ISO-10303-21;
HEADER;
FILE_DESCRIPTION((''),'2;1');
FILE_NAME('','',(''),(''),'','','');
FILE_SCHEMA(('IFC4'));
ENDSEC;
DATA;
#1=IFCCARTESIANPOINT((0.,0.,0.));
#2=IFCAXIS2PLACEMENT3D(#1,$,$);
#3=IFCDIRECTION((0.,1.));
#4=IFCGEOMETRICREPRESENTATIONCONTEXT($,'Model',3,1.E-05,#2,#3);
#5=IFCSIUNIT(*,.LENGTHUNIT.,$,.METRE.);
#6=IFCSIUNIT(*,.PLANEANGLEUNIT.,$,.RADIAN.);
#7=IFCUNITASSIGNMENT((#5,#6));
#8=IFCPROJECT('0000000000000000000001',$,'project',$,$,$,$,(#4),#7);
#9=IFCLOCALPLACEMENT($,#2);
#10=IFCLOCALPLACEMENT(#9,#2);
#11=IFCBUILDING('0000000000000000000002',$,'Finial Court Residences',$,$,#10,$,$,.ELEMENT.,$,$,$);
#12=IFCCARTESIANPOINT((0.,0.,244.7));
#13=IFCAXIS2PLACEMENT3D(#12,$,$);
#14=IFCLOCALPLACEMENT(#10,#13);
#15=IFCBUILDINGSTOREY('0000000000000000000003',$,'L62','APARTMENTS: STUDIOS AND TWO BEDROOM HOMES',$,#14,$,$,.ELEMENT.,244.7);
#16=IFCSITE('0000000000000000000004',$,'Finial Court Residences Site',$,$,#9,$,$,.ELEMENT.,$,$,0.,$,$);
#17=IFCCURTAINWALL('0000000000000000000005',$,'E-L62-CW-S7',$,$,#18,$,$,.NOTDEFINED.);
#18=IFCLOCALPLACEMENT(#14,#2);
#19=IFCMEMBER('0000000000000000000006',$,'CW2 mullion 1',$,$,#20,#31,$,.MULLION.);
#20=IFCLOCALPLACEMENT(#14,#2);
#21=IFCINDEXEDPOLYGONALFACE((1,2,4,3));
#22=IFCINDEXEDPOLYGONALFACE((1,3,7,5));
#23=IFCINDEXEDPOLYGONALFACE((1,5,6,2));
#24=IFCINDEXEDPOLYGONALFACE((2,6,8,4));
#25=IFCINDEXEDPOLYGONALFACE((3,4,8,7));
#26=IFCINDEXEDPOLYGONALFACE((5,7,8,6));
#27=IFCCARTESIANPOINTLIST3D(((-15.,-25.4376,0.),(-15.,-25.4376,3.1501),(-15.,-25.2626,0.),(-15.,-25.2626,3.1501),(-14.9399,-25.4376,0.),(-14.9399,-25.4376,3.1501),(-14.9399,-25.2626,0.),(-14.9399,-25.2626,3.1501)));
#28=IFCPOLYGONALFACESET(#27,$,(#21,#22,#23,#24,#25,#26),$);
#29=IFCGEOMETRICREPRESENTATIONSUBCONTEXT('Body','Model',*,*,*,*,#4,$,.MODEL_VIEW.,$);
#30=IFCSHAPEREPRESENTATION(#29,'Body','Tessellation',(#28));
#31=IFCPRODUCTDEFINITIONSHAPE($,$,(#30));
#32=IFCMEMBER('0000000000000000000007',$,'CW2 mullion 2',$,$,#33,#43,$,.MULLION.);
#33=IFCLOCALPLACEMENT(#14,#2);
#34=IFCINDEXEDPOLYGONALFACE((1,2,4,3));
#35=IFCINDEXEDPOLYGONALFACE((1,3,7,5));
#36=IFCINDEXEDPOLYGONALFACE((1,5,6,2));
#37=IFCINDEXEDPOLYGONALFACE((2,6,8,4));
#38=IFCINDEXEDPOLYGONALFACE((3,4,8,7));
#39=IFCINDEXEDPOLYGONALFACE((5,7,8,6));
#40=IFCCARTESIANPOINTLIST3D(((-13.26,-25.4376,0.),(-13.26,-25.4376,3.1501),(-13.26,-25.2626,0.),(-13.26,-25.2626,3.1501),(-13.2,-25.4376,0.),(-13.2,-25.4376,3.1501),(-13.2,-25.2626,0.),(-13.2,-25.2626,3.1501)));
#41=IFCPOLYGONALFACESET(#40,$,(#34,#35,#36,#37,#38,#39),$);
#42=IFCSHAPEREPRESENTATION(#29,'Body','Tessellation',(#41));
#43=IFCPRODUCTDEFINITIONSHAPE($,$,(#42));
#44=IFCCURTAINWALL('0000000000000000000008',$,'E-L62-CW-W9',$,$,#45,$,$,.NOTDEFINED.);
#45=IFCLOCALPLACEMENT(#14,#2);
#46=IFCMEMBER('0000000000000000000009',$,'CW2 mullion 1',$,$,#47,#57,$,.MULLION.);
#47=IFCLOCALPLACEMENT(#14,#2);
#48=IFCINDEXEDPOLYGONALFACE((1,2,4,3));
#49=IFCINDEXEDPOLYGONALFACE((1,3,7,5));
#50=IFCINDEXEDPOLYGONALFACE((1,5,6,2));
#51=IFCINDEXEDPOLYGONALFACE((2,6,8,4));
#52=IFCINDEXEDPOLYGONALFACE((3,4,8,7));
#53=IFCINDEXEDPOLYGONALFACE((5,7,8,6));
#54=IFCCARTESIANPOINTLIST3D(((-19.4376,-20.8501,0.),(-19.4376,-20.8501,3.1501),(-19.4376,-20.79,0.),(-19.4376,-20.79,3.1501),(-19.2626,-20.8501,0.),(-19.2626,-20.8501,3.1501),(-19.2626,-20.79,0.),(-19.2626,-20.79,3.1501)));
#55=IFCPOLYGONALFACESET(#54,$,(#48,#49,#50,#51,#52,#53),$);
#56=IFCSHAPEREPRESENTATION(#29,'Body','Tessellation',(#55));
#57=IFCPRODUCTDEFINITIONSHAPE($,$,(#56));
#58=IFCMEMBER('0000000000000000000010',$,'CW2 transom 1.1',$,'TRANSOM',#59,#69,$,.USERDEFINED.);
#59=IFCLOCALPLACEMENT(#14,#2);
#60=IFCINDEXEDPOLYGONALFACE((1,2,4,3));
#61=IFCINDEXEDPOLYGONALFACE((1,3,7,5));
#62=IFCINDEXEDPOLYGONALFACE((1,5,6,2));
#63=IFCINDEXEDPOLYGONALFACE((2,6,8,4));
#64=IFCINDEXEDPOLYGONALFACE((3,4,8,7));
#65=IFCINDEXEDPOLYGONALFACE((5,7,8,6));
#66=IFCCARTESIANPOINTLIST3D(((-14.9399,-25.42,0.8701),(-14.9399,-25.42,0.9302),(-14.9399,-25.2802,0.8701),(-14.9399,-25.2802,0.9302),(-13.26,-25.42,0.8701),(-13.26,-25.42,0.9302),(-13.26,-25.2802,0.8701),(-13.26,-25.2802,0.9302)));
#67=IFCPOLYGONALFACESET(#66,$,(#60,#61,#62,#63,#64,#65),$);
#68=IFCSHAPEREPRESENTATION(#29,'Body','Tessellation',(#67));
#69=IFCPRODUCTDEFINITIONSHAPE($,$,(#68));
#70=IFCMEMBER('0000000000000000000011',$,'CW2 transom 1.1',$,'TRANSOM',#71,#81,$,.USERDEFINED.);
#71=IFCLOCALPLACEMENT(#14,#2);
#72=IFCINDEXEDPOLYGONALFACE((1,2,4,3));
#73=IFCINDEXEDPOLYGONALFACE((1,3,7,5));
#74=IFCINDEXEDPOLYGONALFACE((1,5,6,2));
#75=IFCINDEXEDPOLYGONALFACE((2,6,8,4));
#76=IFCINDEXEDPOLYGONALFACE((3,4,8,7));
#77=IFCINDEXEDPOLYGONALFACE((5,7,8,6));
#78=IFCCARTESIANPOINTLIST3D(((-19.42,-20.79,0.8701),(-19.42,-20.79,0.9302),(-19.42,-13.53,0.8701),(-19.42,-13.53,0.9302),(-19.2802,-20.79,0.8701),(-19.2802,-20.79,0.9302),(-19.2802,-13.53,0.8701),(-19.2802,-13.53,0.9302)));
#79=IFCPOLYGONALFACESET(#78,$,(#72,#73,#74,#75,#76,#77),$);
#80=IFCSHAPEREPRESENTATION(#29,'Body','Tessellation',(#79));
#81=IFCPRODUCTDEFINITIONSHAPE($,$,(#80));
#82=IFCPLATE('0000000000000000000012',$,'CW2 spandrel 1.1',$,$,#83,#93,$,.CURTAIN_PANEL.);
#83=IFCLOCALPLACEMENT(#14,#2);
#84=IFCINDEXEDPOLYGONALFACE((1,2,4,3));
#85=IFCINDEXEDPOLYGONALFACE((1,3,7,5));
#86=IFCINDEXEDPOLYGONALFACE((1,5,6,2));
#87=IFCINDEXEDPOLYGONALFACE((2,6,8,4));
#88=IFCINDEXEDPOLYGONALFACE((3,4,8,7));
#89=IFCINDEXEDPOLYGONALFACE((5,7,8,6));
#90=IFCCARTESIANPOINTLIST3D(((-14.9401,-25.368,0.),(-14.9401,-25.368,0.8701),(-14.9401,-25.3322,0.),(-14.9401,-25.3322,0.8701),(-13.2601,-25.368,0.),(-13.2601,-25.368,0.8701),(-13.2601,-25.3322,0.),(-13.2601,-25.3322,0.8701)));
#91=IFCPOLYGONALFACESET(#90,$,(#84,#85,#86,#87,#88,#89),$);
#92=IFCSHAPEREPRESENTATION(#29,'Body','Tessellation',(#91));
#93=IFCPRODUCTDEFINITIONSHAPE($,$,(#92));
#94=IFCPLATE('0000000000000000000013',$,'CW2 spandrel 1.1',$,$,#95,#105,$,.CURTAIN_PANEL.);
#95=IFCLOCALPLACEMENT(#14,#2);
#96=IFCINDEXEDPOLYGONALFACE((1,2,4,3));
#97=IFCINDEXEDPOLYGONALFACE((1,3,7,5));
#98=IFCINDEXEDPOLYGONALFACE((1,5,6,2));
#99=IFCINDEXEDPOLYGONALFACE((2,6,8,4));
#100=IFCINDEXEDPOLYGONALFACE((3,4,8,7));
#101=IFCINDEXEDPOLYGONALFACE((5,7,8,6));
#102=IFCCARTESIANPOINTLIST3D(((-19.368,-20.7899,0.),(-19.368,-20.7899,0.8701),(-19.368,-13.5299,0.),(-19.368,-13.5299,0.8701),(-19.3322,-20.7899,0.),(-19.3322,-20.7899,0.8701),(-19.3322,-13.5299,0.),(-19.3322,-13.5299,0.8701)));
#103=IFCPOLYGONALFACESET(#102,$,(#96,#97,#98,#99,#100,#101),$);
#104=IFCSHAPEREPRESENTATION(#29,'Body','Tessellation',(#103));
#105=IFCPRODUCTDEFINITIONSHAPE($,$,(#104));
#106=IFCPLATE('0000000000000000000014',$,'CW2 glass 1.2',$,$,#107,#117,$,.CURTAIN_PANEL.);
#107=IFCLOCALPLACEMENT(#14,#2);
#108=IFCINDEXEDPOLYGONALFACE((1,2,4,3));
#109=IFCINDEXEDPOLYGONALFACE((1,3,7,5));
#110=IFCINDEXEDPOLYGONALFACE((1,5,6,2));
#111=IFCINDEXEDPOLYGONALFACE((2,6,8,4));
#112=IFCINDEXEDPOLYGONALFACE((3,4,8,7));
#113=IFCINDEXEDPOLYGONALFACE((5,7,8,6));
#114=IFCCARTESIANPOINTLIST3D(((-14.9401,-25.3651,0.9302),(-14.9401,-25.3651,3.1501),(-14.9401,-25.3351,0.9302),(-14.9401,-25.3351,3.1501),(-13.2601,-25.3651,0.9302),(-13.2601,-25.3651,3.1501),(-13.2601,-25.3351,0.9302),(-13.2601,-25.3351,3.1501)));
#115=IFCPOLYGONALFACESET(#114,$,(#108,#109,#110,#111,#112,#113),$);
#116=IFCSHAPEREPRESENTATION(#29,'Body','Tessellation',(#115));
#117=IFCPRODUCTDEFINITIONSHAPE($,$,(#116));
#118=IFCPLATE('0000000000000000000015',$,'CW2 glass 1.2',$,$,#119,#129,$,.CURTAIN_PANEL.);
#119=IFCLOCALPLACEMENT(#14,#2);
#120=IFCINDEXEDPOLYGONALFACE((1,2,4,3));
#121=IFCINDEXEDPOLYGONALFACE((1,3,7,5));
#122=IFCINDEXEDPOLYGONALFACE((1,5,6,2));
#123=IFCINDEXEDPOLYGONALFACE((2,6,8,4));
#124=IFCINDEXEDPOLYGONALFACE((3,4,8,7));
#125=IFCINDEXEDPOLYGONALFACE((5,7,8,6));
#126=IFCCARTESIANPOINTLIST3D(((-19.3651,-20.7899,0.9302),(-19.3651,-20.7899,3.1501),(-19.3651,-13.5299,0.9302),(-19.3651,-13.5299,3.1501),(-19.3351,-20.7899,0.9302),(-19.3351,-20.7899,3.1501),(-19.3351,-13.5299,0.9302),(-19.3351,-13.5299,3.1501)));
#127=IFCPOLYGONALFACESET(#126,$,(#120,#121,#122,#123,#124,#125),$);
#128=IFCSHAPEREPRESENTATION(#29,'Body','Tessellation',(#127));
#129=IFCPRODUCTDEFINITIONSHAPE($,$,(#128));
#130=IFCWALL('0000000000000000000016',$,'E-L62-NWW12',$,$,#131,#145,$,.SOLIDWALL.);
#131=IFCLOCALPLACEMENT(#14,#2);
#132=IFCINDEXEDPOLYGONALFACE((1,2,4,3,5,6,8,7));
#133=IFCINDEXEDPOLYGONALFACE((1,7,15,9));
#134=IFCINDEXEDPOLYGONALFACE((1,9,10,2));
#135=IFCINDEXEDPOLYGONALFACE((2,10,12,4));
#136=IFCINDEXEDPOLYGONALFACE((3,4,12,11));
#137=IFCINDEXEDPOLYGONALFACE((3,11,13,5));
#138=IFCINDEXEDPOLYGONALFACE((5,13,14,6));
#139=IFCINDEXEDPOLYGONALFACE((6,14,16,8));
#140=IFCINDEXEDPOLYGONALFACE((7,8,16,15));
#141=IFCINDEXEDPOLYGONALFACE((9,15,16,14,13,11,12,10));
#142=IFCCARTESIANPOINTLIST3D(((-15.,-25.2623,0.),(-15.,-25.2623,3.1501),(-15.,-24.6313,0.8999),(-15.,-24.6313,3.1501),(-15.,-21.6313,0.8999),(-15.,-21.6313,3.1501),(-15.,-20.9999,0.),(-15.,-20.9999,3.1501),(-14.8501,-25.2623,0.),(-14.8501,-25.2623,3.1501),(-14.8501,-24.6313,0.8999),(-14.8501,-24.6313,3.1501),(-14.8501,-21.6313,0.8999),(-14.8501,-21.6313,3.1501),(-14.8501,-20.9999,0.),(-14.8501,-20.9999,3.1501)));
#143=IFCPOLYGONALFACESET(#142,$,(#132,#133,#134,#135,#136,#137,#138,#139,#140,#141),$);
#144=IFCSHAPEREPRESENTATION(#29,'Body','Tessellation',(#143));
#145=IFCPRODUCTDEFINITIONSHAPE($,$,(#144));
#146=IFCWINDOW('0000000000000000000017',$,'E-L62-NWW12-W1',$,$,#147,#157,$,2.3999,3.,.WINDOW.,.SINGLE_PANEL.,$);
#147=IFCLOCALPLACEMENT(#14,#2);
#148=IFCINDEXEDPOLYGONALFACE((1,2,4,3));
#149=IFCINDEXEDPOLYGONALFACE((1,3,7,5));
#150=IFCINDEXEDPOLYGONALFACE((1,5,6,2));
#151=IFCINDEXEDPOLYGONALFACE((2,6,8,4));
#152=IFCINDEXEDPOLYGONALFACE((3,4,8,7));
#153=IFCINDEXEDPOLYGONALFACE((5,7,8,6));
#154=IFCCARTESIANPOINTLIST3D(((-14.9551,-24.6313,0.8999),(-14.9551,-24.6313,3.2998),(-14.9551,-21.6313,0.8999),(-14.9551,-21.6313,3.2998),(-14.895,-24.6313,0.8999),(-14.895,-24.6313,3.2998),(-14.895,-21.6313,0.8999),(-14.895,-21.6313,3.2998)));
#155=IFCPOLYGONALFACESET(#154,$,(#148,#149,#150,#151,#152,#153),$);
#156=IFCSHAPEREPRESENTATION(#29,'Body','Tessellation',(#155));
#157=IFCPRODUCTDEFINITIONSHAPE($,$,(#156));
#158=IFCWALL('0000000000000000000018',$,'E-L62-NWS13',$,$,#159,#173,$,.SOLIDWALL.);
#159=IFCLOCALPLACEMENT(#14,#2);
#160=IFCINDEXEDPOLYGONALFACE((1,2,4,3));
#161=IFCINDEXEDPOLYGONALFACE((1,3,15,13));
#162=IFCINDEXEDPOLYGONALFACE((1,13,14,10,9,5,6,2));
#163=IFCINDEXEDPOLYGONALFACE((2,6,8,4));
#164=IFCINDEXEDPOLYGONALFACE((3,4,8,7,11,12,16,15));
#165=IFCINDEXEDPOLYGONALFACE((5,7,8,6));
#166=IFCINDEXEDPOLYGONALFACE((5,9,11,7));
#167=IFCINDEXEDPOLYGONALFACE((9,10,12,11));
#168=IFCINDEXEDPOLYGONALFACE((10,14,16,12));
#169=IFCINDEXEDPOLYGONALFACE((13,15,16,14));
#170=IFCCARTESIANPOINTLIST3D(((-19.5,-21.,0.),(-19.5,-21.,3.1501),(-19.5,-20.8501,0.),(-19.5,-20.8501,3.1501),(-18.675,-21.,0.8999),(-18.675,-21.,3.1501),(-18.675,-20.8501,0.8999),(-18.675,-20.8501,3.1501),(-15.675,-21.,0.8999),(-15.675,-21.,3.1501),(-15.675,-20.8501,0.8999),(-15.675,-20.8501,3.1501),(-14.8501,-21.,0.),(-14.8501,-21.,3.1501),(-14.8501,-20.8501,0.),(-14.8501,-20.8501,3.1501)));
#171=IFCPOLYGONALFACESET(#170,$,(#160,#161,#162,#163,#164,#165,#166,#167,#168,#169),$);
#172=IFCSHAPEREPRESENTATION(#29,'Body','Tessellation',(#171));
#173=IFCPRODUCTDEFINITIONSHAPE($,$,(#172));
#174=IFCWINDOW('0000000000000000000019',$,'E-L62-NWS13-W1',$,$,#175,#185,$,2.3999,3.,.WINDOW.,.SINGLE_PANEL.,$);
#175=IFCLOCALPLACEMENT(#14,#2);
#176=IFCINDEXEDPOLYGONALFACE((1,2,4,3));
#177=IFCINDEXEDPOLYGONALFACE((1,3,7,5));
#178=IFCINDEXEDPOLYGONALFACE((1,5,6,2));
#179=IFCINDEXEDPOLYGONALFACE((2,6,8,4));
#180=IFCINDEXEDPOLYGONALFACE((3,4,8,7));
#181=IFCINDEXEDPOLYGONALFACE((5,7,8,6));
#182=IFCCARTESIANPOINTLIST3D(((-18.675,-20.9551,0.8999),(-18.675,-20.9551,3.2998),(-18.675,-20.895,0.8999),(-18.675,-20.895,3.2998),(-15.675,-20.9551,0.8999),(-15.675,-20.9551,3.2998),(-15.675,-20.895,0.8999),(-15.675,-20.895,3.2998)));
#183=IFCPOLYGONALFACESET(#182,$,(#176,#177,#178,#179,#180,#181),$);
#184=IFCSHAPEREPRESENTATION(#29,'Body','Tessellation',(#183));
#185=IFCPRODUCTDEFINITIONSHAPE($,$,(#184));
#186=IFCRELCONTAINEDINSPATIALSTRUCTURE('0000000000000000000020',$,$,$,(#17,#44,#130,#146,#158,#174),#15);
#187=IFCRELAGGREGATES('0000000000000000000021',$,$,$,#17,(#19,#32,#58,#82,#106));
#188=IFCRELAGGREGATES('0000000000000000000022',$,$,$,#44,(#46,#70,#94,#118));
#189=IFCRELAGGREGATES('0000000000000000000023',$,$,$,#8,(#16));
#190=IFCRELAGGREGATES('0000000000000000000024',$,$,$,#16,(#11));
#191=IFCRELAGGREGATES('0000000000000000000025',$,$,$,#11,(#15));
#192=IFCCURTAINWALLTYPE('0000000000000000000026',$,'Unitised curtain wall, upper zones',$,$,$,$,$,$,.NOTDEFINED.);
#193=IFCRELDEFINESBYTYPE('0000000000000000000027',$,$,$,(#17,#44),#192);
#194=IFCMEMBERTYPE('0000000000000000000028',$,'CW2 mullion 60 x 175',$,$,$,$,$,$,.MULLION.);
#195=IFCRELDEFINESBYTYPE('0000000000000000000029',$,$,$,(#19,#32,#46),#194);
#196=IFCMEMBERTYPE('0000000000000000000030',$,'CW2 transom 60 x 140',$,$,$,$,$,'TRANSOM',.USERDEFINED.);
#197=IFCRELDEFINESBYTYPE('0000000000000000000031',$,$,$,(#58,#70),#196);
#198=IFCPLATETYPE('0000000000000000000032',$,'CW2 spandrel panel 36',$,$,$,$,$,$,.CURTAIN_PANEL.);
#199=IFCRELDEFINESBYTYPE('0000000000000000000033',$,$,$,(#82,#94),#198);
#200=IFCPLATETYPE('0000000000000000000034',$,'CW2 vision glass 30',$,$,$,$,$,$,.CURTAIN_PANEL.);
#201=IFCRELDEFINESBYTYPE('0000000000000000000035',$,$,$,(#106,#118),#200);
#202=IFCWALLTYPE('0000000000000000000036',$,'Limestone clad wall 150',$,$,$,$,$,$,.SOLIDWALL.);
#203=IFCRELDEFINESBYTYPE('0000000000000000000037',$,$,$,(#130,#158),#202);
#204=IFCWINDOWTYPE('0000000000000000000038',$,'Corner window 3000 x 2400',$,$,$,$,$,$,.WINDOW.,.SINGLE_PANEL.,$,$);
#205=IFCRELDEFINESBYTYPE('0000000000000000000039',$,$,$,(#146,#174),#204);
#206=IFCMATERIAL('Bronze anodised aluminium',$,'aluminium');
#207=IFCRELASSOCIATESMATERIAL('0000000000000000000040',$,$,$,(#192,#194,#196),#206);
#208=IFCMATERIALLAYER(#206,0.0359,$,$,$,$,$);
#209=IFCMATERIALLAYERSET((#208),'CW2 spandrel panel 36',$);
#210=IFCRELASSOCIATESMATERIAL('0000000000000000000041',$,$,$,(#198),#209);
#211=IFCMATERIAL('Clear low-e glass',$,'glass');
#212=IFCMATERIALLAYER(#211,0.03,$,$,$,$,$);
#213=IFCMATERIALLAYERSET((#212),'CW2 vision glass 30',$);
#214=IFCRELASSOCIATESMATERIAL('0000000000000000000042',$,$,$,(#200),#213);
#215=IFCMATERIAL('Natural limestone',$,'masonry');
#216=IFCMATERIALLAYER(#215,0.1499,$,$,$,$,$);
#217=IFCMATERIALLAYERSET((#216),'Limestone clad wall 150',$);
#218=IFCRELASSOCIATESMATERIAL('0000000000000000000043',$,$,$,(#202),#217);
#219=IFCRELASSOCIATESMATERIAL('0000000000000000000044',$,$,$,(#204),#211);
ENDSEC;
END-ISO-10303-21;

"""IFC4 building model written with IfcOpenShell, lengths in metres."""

from ifc_helpers import new_model, si_unit, direction, frame, frame_2d, origin, origin_2d, place, context, subcontext, project, spatial, rectangle, extrude, material, layer, layer_set, material_profile, profile_set, type_object, element, fill, aggregate, save


model = new_model("IFC4")

# Units and contexts
model_context = context("Model", 3, precision=1e-05, world=origin(), true_north=direction((0.0, 1.0)))
body_context = subcontext(model_context, "Body", "Model", "MODEL_VIEW")
ifc_project = project(units=[si_unit("LENGTHUNIT", "METRE"), si_unit("PLANEANGLEUNIT", "RADIAN")], contexts=[model_context])

# Site, building, storey
site_placement = place(None, origin())
site = spatial("IfcSite", under=ifc_project, at=site_placement, Name="Finial Court Residences Site", CompositionType="ELEMENT", RefElevation=0.0)
building_placement = place(site_placement, origin())
building = spatial("IfcBuilding", under=site, at=building_placement, Name="Finial Court Residences", CompositionType="ELEMENT")
storey_placement = place(building_placement, frame((0.0, 0.0, 244.7)))
storey = spatial("IfcBuildingStorey", under=building, at=storey_placement, Name="L62", Description="APARTMENTS: STUDIOS AND TWO BEDROOM HOMES", CompositionType="ELEMENT", Elevation=244.7)

# Curtain wall, members
ifc_material_1 = material(Name="Bronze anodised aluminium", Category="aluminium")
curtain_wall_type = type_object("IfcCurtainWallType", Name="Unitised curtain wall, upper zones", PredefinedType="NOTDEFINED", material=ifc_material_1)
curtain_wall_1_placement = place(storey_placement, origin())
curtain_wall_1 = element("IfcCurtainWall", 1, at=curtain_wall_1_placement, inside=storey, type_object=curtain_wall_type, Name="E-L62-CW-S7", PredefinedType="NOTDEFINED")
ifc_material_profile_1 = material_profile(ifc_material_1, rectangle(XDim=0.175, YDim=0.0601, at=origin_2d()), Name="CW2 mullion 60 x 175")
ifc_profile_set_1 = profile_set([ifc_material_profile_1], Name="Bronze anodised aluminium")
member_type_1 = type_object("IfcMemberType", Name="CW2 mullion 60 x 175", PredefinedType="MULLION", material=ifc_profile_set_1)
member_1_placement = place(storey_placement, frame((-14.97, -25.3501, 0.0), z_axis=(0.0, 0.0, 1.0), x_axis=(0.0, 1.0, 0.0)))
member_1 = element("IfcMember", 2, at=member_1_placement, type_object=member_type_1, Name="CW2 mullion 1", PredefinedType="MULLION", context=body_context, shape_type="SweptSolid", body=[
    extrude(rectangle(XDim=0.175, YDim=0.0601, at=origin_2d()), origin(), (0.0, 0.0, 1.0), 3.1501),
])
member_2_placement = place(storey_placement, frame((-13.23, -25.3501, 0.0), z_axis=(0.0, 0.0, 1.0), x_axis=(0.0, 1.0, 0.0)))
member_2 = element("IfcMember", 3, at=member_2_placement, type_object=member_type_1, Name="CW2 mullion 2", PredefinedType="MULLION", context=body_context, shape_type="SweptSolid", body=[
    extrude(rectangle(XDim=0.175, YDim=0.0601, at=origin_2d()), origin(), (0.0, 0.0, 1.0), 3.1501),
])

# Curtain wall, member
curtain_wall_2_placement = place(storey_placement, origin())
curtain_wall_2 = element("IfcCurtainWall", 4, at=curtain_wall_2_placement, inside=storey, type_object=curtain_wall_type, Name="E-L62-CW-W9", PredefinedType="NOTDEFINED")
member_3_placement = place(storey_placement, frame((-19.3501, -20.8201, 0.0), z_axis=(0.0, 0.0, 1.0), x_axis=(-1.0, 0.0, 0.0)))
member_3 = element("IfcMember", 5, at=member_3_placement, type_object=member_type_1, Name="CW2 mullion 1", PredefinedType="MULLION", context=body_context, shape_type="SweptSolid", body=[
    extrude(rectangle(XDim=0.175, YDim=0.0601, at=origin_2d()), origin(), (0.0, 0.0, 1.0), 3.1501),
])

# Members
ifc_material_profile_2 = material_profile(ifc_material_1, rectangle(XDim=0.1399, YDim=0.0601, at=origin_2d()), Name="CW2 transom 60 x 140")
ifc_profile_set_2 = profile_set([ifc_material_profile_2], Name="Bronze anodised aluminium")
member_type_2 = type_object("IfcMemberType", Name="CW2 transom 60 x 140", ElementType="TRANSOM", PredefinedType="USERDEFINED", material=ifc_profile_set_2)
member_4_placement = place(storey_placement, frame((-14.9399, -25.3501, 0.9001), z_axis=(1.0, 0.0, 0.0), x_axis=(0.0, 1.0, 0.0)))
member_4 = element("IfcMember", 6, at=member_4_placement, type_object=member_type_2, Name="CW2 transom 1.1", ObjectType="TRANSOM", PredefinedType="USERDEFINED", context=body_context, shape_type="SweptSolid", body=[
    extrude(rectangle(XDim=0.1399, YDim=0.0601, at=origin_2d()), origin(), (0.0, 0.0, 1.0), 1.6799),
])
member_5_placement = place(storey_placement, frame((-19.3501, -20.79, 0.9001), z_axis=(0.0, 1.0, 0.0), x_axis=(-1.0, 0.0, 0.0)))
member_5 = element("IfcMember", 7, at=member_5_placement, type_object=member_type_2, Name="CW2 transom 1.1", ObjectType="TRANSOM", PredefinedType="USERDEFINED", context=body_context, shape_type="SweptSolid", body=[
    extrude(rectangle(XDim=0.1399, YDim=0.0601, at=origin_2d()), origin(), (0.0, 0.0, 1.0), 7.26),
])

# Plates
ifc_layer_1 = layer(ifc_material_1, 0.0359)
ifc_layer_set_1 = layer_set([ifc_layer_1], Name="CW2 spandrel panel 36")
plate_type_1 = type_object("IfcPlateType", Name="CW2 spandrel panel 36", PredefinedType="CURTAIN_PANEL", material=ifc_layer_set_1)
plate_1_placement = place(storey_placement, frame((-14.1001, -25.3501, 0.0), z_axis=(0.0, 0.0, 1.0), x_axis=(1.0, 0.0, 0.0)))
plate_1 = element("IfcPlate", 8, at=plate_1_placement, type_object=plate_type_1, Name="CW2 spandrel 1.1", PredefinedType="CURTAIN_PANEL", context=body_context, shape_type="SweptSolid", body=[
    extrude(rectangle(XDim=1.6799, YDim=0.0359, at=origin_2d()), origin(), (0.0, 0.0, 1.0), 0.8701),
])
plate_2_placement = place(storey_placement, frame((-19.3501, -17.1599, 0.0), z_axis=(0.0, 0.0, 1.0), x_axis=(0.0, 1.0, 0.0)))
plate_2 = element("IfcPlate", 9, at=plate_2_placement, type_object=plate_type_1, Name="CW2 spandrel 1.1", PredefinedType="CURTAIN_PANEL", context=body_context, shape_type="SweptSolid", body=[
    extrude(rectangle(XDim=7.26, YDim=0.0359, at=origin_2d()), origin(), (0.0, 0.0, 1.0), 0.8701),
])
ifc_material_2 = material(Name="Clear low-e glass", Category="glass")
ifc_layer_2 = layer(ifc_material_2, 0.03)
ifc_layer_set_2 = layer_set([ifc_layer_2], Name="CW2 vision glass 30")
plate_type_2 = type_object("IfcPlateType", Name="CW2 vision glass 30", PredefinedType="CURTAIN_PANEL", material=ifc_layer_set_2)
plate_3_placement = place(storey_placement, frame((-14.1001, -25.3501, 0.9302), z_axis=(0.0, 0.0, 1.0), x_axis=(1.0, 0.0, 0.0)))
plate_3 = element("IfcPlate", 10, at=plate_3_placement, type_object=plate_type_2, Name="CW2 glass 1.2", PredefinedType="CURTAIN_PANEL", context=body_context, shape_type="SweptSolid", body=[
    extrude(rectangle(XDim=1.6799, YDim=0.03, at=origin_2d()), origin(), (0.0, 0.0, 1.0), 2.22),
])
aggregate(curtain_wall_1, [member_1, member_2, member_4, plate_1, plate_3])
plate_4_placement = place(storey_placement, frame((-19.3501, -17.1599, 0.9302), z_axis=(0.0, 0.0, 1.0), x_axis=(0.0, 1.0, 0.0)))
plate_4 = element("IfcPlate", 11, at=plate_4_placement, type_object=plate_type_2, Name="CW2 glass 1.2", PredefinedType="CURTAIN_PANEL", context=body_context, shape_type="SweptSolid", body=[
    extrude(rectangle(XDim=7.26, YDim=0.03, at=origin_2d()), origin(), (0.0, 0.0, 1.0), 2.22),
])
aggregate(curtain_wall_2, [member_3, member_5, plate_2, plate_4])

# Walls, openings, windows
ifc_material_3 = material(Name="Natural limestone", Category="masonry")
ifc_layer_3 = layer(ifc_material_3, 0.1499)
ifc_layer_set_3 = layer_set([ifc_layer_3], Name="Limestone clad wall 150")
wall_type = type_object("IfcWallType", Name="Limestone clad wall 150", PredefinedType="SOLIDWALL", material=ifc_layer_set_3)
wall_1_placement = place(storey_placement, frame((-14.925, -25.2625, 0.0), z_axis=(0.0, 0.0, 1.0), x_axis=(0.0, 1.0, 0.0)))
wall_1 = element("IfcWall", 12, at=wall_1_placement, inside=storey, type_object=wall_type, Name="E-L62-NWW12", PredefinedType="SOLIDWALL", context=body_context, shape_type="SweptSolid", body=[
    extrude(rectangle(XDim=4.2625, YDim=0.1499, at=frame_2d((2.1313, 0.0))), origin(), (0.0, 0.0, 1.0), 3.1501),
])
opening_1_placement = place(wall_1_placement, frame((0.6311, 0.0, 0.8999)))
opening_1 = element("IfcOpeningElement", 13, at=opening_1_placement, cuts=wall_1, PredefinedType="OPENING", context=body_context, shape_type="SweptSolid", body=[
    extrude(rectangle(XDim=3.0, YDim=2.3999, at=frame_2d((1.5, 1.2))), frame((0.0, 0.085, 0.0), z_axis=(0.0, -1.0, 0.0), x_axis=(1.0, 0.0, 0.0)), (0.0, 0.0, 1.0), 0.1699),
])
window_type = type_object("IfcWindowType", Name="Corner window 3000 x 2400", PartitioningType="SINGLE_PANEL", PredefinedType="WINDOW", material=ifc_material_2)
window_1_placement = place(opening_1_placement, origin())
window_1 = element("IfcWindow", 14, at=window_1_placement, inside=storey, type_object=window_type, Name="E-L62-NWW12-W1", OverallHeight=2.3999, OverallWidth=3.0, PartitioningType="SINGLE_PANEL", PredefinedType="WINDOW", context=body_context, shape_type="SweptSolid", body=[
    extrude(rectangle(XDim=3.0, YDim=2.3999, at=frame_2d((1.5, 1.2))), frame((0.0, 0.03, 0.0), z_axis=(0.0, -1.0, 0.0), x_axis=(1.0, 0.0, 0.0)), (0.0, 0.0, 1.0), 0.0601),
])
fill(opening_1, window_1)
wall_2_placement = place(storey_placement, frame((-14.8501, -20.925, 0.0), z_axis=(0.0, 0.0, 1.0), x_axis=(-1.0, 0.0, 0.0)))
wall_2 = element("IfcWall", 15, at=wall_2_placement, inside=storey, type_object=wall_type, Name="E-L62-NWS13", PredefinedType="SOLIDWALL", context=body_context, shape_type="SweptSolid", body=[
    extrude(rectangle(XDim=4.6499, YDim=0.1499, at=frame_2d((2.325, 0.0))), origin(), (0.0, 0.0, 1.0), 3.1501),
])
opening_2_placement = place(wall_2_placement, frame((0.825, 0.0, 0.8999)))
opening_2 = element("IfcOpeningElement", 16, at=opening_2_placement, cuts=wall_2, PredefinedType="OPENING", context=body_context, shape_type="SweptSolid", body=[
    extrude(rectangle(XDim=3.0, YDim=2.3999, at=frame_2d((1.5, 1.2))), frame((0.0, 0.085, 0.0), z_axis=(0.0, -1.0, 0.0), x_axis=(1.0, 0.0, 0.0)), (0.0, 0.0, 1.0), 0.1699),
])
window_2_placement = place(opening_2_placement, origin())
window_2 = element("IfcWindow", 17, at=window_2_placement, inside=storey, type_object=window_type, Name="E-L62-NWS13-W1", OverallHeight=2.3999, OverallWidth=3.0, PartitioningType="SINGLE_PANEL", PredefinedType="WINDOW", context=body_context, shape_type="SweptSolid", body=[
    extrude(rectangle(XDim=3.0, YDim=2.3999, at=frame_2d((1.5, 1.2))), frame((0.0, 0.03, 0.0), z_axis=(0.0, -1.0, 0.0), x_axis=(1.0, 0.0, 0.0)), (0.0, 0.0, 1.0), 0.0601),
])
fill(opening_2, window_2)

save(model, "model.ifc")
